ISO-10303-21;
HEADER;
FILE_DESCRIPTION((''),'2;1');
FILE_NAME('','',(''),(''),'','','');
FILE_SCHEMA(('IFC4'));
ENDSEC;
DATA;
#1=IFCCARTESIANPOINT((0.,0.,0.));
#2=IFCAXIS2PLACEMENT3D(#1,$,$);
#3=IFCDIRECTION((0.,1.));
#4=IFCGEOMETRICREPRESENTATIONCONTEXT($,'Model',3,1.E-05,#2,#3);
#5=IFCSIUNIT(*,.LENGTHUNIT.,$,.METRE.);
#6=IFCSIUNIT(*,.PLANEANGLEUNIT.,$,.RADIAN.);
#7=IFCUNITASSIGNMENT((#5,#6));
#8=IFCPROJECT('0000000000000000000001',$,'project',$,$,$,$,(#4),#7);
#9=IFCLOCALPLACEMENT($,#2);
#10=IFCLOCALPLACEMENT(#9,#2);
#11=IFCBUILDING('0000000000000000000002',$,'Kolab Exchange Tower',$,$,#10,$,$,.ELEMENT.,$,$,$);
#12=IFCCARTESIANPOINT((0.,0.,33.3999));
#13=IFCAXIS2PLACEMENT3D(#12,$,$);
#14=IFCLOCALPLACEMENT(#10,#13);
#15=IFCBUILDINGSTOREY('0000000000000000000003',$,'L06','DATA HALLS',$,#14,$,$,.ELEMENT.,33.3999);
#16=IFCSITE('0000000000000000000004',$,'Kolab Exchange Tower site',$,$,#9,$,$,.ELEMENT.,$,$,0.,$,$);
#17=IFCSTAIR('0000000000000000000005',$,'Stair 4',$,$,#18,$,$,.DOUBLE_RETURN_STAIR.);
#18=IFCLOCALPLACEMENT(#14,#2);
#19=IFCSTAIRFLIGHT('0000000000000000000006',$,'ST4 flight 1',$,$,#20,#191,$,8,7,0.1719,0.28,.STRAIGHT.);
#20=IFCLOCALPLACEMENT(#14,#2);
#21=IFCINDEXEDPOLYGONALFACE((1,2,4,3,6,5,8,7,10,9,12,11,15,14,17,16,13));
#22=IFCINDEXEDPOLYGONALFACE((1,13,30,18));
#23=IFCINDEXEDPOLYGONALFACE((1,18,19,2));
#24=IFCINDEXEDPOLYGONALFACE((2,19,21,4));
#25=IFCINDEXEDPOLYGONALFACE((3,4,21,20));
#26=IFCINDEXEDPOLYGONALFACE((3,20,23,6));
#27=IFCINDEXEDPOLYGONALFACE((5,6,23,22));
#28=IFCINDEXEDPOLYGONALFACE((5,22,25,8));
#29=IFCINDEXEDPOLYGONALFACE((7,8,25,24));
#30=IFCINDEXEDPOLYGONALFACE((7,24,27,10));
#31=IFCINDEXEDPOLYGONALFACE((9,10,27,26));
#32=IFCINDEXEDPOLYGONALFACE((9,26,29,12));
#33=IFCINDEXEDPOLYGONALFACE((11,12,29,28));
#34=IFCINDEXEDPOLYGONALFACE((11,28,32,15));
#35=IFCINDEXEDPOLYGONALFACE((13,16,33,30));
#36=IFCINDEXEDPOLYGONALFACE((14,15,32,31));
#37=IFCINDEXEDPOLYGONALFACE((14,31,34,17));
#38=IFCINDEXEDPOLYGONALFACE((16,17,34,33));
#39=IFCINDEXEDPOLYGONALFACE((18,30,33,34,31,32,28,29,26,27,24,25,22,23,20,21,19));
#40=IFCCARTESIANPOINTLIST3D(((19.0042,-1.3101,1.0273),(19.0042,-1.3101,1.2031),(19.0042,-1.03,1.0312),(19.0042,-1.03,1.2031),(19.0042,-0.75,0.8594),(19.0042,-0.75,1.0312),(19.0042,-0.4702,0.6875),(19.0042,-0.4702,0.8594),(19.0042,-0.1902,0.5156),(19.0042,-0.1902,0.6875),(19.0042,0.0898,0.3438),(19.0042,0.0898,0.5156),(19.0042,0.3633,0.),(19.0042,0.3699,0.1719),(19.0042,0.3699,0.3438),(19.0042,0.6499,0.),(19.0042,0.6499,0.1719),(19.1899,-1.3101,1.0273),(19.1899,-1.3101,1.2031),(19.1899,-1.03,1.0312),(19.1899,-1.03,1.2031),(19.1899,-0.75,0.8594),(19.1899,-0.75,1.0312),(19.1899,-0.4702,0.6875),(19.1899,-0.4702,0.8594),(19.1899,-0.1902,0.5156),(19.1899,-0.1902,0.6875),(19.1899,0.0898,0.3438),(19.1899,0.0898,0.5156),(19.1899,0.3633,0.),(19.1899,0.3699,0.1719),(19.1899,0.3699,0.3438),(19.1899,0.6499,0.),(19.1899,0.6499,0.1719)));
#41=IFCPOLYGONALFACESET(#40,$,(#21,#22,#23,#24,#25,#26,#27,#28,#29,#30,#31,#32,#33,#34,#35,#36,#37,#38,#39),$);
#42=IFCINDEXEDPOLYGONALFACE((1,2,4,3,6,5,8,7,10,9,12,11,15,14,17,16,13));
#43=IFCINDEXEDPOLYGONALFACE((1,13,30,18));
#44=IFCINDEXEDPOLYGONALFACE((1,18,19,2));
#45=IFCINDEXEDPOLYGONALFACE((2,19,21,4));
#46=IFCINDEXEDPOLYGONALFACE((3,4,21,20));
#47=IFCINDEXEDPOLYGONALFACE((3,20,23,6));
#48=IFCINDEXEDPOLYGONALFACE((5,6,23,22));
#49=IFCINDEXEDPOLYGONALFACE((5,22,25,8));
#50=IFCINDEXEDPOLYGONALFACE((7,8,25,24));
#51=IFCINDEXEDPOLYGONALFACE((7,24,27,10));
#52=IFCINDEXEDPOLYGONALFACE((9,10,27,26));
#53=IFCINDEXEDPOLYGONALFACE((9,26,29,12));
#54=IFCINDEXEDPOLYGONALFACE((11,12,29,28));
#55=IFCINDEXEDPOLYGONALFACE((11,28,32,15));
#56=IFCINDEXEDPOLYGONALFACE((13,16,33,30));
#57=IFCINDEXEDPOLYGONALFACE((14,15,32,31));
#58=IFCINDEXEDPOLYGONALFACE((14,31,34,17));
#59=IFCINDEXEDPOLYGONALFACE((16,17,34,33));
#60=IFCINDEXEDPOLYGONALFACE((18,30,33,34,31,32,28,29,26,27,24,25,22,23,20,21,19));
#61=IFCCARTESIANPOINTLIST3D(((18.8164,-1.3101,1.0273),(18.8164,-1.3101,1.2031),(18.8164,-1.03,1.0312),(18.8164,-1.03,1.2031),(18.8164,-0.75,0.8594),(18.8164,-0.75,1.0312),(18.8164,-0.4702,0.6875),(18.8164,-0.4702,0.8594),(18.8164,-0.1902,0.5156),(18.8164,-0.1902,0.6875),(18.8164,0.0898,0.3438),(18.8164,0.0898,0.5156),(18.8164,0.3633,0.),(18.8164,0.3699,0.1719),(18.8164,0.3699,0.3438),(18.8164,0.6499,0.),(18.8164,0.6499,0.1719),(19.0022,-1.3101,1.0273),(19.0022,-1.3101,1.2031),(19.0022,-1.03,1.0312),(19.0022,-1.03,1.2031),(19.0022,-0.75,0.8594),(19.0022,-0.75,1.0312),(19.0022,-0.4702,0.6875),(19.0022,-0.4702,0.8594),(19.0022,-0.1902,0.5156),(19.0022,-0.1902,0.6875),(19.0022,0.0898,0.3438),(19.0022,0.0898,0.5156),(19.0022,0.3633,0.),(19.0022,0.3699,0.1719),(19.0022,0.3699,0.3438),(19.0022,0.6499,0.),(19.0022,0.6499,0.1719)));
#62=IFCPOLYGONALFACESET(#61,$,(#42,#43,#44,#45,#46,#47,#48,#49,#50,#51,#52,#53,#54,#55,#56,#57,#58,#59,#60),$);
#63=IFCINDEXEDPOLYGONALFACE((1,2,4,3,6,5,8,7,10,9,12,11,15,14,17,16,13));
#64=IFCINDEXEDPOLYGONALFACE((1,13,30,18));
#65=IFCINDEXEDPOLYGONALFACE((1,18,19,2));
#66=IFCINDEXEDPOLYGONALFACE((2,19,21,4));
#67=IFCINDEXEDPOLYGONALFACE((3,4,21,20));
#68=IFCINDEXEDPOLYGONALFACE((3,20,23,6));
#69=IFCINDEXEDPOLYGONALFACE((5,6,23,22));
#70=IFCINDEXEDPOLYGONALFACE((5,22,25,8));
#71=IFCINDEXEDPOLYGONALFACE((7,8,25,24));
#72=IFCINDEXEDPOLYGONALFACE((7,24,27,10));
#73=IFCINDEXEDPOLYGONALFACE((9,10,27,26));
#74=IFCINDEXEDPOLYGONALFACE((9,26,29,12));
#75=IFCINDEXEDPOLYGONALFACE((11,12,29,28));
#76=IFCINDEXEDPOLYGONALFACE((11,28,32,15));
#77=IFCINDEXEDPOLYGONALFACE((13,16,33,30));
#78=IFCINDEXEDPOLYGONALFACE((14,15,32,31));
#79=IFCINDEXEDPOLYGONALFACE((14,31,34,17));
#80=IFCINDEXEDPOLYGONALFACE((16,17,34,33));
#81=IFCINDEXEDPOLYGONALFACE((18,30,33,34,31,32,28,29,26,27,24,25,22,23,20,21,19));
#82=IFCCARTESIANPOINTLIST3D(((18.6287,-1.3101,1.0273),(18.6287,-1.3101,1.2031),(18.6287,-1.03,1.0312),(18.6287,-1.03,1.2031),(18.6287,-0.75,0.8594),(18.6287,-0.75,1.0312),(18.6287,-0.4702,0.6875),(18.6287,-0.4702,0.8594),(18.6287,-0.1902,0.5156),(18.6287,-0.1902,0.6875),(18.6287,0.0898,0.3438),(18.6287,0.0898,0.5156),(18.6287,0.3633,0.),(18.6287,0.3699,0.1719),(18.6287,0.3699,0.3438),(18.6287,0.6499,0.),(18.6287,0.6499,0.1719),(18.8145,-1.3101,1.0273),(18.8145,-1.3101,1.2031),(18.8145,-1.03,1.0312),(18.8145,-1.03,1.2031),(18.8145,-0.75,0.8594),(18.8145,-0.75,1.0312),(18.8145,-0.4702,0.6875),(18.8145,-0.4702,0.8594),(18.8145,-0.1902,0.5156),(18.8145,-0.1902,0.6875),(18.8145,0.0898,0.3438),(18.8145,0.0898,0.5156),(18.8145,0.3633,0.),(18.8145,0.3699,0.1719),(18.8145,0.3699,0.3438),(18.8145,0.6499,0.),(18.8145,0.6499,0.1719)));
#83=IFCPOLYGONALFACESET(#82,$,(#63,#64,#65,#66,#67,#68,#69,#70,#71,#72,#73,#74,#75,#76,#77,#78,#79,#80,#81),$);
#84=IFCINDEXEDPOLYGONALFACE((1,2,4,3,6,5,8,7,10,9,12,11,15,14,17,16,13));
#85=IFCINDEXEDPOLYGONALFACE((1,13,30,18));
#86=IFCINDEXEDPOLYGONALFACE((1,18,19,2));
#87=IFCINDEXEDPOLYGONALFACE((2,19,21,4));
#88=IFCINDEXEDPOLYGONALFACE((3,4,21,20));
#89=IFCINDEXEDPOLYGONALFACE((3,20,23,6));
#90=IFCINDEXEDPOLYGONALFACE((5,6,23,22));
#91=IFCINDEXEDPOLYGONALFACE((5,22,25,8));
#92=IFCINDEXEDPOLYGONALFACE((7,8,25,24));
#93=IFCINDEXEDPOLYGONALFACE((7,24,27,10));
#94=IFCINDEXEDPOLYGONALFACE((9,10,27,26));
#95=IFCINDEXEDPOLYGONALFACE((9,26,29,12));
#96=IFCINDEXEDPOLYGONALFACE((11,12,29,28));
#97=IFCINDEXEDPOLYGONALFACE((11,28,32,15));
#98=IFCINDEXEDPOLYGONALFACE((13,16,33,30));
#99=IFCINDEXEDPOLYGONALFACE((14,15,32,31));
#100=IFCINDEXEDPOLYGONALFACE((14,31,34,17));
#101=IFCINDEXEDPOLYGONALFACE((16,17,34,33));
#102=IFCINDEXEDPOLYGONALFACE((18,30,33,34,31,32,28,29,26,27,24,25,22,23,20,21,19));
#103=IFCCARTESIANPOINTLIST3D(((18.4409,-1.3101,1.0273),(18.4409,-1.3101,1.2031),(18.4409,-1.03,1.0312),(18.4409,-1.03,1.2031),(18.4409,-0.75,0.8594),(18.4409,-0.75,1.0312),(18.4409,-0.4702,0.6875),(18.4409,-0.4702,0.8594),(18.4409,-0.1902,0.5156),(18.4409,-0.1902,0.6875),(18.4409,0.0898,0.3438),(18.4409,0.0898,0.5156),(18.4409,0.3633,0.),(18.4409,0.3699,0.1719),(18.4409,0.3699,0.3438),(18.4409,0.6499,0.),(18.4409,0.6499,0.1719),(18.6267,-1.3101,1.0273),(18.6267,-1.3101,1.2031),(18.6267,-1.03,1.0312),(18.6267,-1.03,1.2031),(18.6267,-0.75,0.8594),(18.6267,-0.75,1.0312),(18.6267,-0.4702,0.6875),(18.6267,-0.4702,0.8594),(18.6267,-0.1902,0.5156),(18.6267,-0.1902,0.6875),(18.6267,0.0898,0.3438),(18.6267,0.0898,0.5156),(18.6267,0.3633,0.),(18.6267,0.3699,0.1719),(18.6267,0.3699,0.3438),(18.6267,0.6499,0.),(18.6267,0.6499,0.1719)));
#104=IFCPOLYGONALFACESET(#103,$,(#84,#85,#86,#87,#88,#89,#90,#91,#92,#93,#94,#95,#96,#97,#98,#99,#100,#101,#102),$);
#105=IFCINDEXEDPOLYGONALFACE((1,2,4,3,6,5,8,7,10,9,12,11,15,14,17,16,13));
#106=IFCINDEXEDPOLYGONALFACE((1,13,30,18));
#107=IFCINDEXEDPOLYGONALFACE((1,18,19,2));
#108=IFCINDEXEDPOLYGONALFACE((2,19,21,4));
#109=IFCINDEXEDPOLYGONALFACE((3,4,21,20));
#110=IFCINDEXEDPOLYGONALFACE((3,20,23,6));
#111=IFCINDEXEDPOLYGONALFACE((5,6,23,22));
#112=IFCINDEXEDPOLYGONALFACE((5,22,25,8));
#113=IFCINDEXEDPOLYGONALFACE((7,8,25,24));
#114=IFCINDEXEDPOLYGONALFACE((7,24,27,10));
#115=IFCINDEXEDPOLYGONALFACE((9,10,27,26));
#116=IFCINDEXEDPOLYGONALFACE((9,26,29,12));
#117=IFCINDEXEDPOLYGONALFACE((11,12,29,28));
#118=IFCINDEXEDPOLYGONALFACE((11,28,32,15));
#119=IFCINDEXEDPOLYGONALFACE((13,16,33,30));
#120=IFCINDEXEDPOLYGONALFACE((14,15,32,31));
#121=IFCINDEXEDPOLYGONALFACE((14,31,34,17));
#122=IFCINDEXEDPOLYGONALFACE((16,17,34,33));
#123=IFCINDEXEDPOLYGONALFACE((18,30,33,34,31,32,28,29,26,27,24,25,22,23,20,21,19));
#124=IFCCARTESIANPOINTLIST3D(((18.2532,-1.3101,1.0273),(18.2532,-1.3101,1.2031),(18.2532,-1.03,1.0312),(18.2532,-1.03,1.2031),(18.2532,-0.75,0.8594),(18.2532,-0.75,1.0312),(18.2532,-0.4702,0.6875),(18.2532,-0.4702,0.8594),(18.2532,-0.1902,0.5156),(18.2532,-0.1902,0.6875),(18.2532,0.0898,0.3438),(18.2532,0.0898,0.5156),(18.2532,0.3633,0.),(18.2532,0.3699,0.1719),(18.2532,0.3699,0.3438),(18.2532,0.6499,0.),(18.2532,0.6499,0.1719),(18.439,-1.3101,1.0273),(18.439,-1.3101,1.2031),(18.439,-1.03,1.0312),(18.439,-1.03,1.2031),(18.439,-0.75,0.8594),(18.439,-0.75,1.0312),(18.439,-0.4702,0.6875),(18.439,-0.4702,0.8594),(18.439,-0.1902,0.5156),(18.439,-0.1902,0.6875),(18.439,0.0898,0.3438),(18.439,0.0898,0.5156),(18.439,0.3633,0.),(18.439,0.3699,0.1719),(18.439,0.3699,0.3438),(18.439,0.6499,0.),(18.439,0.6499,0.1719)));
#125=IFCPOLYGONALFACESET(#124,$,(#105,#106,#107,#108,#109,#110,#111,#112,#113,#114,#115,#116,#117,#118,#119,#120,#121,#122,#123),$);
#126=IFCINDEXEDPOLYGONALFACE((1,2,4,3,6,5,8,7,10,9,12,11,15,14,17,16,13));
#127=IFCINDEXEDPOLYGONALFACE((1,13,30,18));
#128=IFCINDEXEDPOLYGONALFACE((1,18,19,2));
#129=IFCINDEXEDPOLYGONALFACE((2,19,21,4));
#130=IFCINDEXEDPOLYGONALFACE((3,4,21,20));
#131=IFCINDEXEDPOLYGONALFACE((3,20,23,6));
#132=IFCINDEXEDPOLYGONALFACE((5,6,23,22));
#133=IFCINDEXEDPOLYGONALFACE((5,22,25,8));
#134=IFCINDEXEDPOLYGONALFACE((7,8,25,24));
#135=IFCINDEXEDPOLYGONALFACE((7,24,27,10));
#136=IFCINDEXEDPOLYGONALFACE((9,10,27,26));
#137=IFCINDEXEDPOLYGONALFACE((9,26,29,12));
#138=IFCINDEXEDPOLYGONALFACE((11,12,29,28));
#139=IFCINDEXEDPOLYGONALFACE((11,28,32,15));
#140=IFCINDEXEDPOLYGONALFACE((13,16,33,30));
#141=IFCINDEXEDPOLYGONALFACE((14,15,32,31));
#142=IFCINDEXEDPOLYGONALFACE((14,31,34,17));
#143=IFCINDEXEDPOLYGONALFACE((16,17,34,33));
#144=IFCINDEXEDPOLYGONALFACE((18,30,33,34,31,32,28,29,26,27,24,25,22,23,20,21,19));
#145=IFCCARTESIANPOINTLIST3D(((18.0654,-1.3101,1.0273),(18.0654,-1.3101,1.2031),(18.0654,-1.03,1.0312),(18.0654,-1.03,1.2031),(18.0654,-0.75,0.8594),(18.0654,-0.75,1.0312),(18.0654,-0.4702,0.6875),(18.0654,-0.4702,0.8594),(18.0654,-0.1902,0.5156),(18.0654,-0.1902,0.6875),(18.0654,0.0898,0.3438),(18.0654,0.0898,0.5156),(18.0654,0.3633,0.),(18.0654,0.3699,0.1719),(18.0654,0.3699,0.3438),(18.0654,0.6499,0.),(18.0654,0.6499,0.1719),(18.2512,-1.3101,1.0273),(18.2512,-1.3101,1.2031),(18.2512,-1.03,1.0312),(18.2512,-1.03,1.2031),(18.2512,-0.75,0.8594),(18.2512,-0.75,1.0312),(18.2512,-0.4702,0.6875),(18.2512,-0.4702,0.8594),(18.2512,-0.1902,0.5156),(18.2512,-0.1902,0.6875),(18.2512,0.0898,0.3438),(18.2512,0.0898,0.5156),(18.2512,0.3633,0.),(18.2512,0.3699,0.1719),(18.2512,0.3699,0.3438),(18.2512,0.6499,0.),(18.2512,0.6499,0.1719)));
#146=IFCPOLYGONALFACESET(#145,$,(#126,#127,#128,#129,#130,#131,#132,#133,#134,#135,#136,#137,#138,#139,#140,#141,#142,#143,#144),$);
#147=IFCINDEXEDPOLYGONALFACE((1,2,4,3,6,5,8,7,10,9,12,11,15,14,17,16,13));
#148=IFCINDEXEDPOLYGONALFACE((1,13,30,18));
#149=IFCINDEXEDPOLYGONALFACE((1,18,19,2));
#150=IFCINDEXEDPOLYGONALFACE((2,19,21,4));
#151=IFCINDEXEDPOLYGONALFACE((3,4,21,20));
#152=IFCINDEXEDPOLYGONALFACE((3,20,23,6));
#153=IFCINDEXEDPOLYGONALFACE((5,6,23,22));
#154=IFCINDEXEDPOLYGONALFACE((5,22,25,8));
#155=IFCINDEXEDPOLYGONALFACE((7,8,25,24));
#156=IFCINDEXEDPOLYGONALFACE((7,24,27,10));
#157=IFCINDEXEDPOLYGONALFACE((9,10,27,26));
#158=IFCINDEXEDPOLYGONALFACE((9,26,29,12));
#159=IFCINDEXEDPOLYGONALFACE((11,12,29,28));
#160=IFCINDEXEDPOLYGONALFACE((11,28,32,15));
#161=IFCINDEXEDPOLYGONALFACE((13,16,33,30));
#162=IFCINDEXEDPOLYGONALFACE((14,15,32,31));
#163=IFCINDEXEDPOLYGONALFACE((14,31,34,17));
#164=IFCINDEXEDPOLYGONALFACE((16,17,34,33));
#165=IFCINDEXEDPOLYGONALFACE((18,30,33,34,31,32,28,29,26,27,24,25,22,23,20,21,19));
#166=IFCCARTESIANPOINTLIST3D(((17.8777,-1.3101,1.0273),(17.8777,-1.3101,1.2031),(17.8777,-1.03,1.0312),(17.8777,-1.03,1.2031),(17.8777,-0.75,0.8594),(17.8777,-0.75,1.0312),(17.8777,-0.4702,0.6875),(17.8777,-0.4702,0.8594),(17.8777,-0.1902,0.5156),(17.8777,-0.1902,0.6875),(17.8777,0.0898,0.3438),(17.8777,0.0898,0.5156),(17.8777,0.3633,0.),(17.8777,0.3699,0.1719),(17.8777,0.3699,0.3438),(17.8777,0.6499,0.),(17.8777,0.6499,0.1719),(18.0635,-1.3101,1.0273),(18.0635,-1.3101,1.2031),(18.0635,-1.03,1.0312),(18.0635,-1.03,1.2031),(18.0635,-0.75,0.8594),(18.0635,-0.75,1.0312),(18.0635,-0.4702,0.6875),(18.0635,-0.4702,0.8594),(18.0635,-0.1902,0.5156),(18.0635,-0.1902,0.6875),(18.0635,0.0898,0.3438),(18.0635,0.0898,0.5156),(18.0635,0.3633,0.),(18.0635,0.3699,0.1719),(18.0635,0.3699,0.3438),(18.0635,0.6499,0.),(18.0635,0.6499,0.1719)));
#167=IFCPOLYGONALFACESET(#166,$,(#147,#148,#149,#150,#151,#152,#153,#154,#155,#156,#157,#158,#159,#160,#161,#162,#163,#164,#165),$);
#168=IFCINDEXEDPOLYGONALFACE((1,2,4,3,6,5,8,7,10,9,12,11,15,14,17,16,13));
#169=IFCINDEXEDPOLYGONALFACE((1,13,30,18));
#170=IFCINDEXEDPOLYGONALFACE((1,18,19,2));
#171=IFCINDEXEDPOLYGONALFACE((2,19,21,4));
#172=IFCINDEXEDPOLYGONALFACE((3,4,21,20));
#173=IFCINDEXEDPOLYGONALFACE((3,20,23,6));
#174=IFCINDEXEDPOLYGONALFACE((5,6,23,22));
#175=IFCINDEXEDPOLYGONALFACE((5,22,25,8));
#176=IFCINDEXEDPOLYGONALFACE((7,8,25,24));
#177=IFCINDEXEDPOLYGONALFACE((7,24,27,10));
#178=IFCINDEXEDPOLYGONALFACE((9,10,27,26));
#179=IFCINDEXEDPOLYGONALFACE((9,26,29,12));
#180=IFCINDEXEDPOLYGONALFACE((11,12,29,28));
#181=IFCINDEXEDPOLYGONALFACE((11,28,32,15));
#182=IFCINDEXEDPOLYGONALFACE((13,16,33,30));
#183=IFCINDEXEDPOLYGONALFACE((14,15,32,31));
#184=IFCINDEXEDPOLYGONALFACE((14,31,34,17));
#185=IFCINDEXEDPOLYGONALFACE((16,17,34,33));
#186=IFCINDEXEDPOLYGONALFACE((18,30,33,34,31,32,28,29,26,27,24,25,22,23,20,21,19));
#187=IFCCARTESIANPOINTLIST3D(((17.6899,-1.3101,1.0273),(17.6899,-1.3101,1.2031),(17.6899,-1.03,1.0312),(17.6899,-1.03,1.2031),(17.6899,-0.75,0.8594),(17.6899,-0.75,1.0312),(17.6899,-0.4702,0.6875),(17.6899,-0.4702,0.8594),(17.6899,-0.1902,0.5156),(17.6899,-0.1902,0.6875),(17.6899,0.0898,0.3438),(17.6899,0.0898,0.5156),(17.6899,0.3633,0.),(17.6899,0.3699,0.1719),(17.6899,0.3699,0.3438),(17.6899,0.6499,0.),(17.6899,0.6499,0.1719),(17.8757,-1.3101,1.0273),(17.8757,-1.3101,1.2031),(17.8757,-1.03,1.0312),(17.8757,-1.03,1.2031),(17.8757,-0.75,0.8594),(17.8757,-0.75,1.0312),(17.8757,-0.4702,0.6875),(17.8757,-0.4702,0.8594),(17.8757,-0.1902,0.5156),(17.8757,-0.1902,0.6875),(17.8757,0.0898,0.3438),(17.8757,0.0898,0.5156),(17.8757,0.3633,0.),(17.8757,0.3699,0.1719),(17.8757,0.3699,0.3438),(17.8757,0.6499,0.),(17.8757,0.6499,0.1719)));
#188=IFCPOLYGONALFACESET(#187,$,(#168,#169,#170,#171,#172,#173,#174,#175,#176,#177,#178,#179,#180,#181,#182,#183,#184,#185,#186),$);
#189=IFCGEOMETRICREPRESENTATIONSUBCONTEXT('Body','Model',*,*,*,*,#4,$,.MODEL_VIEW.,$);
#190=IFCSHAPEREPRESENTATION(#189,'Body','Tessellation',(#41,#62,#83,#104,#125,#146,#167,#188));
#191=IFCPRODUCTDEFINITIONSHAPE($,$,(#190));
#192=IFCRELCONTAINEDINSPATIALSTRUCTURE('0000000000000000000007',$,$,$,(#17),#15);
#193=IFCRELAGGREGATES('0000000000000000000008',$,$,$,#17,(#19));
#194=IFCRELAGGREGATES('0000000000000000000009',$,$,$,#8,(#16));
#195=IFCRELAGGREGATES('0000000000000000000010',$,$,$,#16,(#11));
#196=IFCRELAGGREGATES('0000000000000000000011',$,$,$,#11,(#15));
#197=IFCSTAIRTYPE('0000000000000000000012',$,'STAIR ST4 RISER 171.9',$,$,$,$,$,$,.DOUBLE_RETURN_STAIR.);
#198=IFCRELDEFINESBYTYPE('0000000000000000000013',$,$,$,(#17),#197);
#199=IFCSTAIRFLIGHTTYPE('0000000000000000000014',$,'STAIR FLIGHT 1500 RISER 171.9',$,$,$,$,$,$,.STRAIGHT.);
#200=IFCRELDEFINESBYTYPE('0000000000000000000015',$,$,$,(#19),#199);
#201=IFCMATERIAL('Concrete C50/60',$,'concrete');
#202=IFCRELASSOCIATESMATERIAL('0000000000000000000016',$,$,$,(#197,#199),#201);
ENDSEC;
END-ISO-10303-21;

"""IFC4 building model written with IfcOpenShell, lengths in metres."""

from ifc_helpers import new_model, si_unit, direction, frame, origin, place, context, subcontext, project, spatial, polyline, outline, extrude, material, type_object, element, aggregate, save


model = new_model("IFC4")

# Units and contexts
model_context = context("Model", 3, precision=1e-05, world=origin(), true_north=direction((0.0, 1.0)))
body_context = subcontext(model_context, "Body", "Model", "MODEL_VIEW")
ifc_project = project(units=[si_unit("LENGTHUNIT", "METRE"), si_unit("PLANEANGLEUNIT", "RADIAN")], contexts=[model_context])

# Site, building, storey
site_placement = place(None, origin())
site = spatial("IfcSite", under=ifc_project, at=site_placement, Name="Kolab Exchange Tower site", CompositionType="ELEMENT", RefElevation=0.0)
building_placement = place(site_placement, origin())
building = spatial("IfcBuilding", under=site, at=building_placement, Name="Kolab Exchange Tower", CompositionType="ELEMENT")
storey_placement = place(building_placement, frame((0.0, 0.0, 33.3999)))
storey = spatial("IfcBuildingStorey", under=building, at=storey_placement, Name="L06", Description="DATA HALLS", CompositionType="ELEMENT", Elevation=33.3999)

# Shared definitions
ifc_material_1 = material(Name="Concrete C50/60", Category="concrete")

# Stair, stair flight
stair_type = type_object("IfcStairType", Name="STAIR ST4 RISER 171.9", PredefinedType="DOUBLE_RETURN_STAIR", material=ifc_material_1)
stair_placement = place(storey_placement, origin())
stair = element("IfcStair", 1, at=stair_placement, inside=storey, type_object=stair_type, Name="Stair 4", PredefinedType="DOUBLE_RETURN_STAIR")
stair_flight_type = type_object("IfcStairFlightType", Name="STAIR FLIGHT 1500 RISER 171.9", PredefinedType="STRAIGHT", material=ifc_material_1)
stair_flight_1_placement = place(storey_placement, frame((18.4399, 0.6499, 0.0), z_axis=(0.0, 0.0, 1.0), x_axis=(0.0, -1.0, 0.0)))
stair_flight_1 = element("IfcStairFlight", 2, at=stair_flight_1_placement, type_object=stair_flight_type, Name="ST4 flight 1", NumberOfRisers=8, NumberOfTreads=7, PredefinedType="STRAIGHT", RiserHeight=0.1719, TreadLength=0.28, context=body_context, shape_type="SweptSolid", body=[
    extrude(outline(polyline([(0.0, 0.0), (0.0, 0.1719), (0.28, 0.1719), (0.28, 0.3438), (0.5601, 0.3438), (0.5601, 0.5156), (0.8401, 0.5156), (0.8401, 0.6875), (1.1201, 0.6875), (1.1201, 0.8594), (1.3999, 0.8594), (1.3999, 1.0312), (1.6799, 1.0312), (1.6799, 1.2031), (1.96, 1.2031), (1.96, 1.375), (1.96, 1.0273), (0.2866, 0.0), (0.0, 0.0)])), frame((0.0, 0.75, 0.0), z_axis=(0.0, -1.0, 0.0), x_axis=(1.0, 0.0, 0.0)), (0.0, 0.0, 1.0), 0.1858),
    extrude(outline(polyline([(0.0, 0.0), (0.0, 0.1719), (0.28, 0.1719), (0.28, 0.3438), (0.5601, 0.3438), (0.5601, 0.5156), (0.8401, 0.5156), (0.8401, 0.6875), (1.1201, 0.6875), (1.1201, 0.8594), (1.3999, 0.8594), (1.3999, 1.0312), (1.6799, 1.0312), (1.6799, 1.2031), (1.96, 1.2031), (1.96, 1.375), (1.96, 1.0273), (0.2866, 0.0), (0.0, 0.0)])), frame((0.0, 0.5623, 0.0), z_axis=(0.0, -1.0, 0.0), x_axis=(1.0, 0.0, 0.0)), (0.0, 0.0, 1.0), 0.1858),
    extrude(outline(polyline([(0.0, 0.0), (0.0, 0.1719), (0.28, 0.1719), (0.28, 0.3438), (0.5601, 0.3438), (0.5601, 0.5156), (0.8401, 0.5156), (0.8401, 0.6875), (1.1201, 0.6875), (1.1201, 0.8594), (1.3999, 0.8594), (1.3999, 1.0312), (1.6799, 1.0312), (1.6799, 1.2031), (1.96, 1.2031), (1.96, 1.375), (1.96, 1.0273), (0.2866, 0.0), (0.0, 0.0)])), frame((0.0, 0.3745, 0.0), z_axis=(0.0, -1.0, 0.0), x_axis=(1.0, 0.0, 0.0)), (0.0, 0.0, 1.0), 0.1858),
    extrude(outline(polyline([(0.0, 0.0), (0.0, 0.1719), (0.28, 0.1719), (0.28, 0.3438), (0.5601, 0.3438), (0.5601, 0.5156), (0.8401, 0.5156), (0.8401, 0.6875), (1.1201, 0.6875), (1.1201, 0.8594), (1.3999, 0.8594), (1.3999, 1.0312), (1.6799, 1.0312), (1.6799, 1.2031), (1.96, 1.2031), (1.96, 1.375), (1.96, 1.0273), (0.2866, 0.0), (0.0, 0.0)])), frame((0.0, 0.1868, 0.0), z_axis=(0.0, -1.0, 0.0), x_axis=(1.0, 0.0, 0.0)), (0.0, 0.0, 1.0), 0.1858),
    extrude(outline(polyline([(0.0, 0.0), (0.0, 0.1719), (0.28, 0.1719), (0.28, 0.3438), (0.5601, 0.3438), (0.5601, 0.5156), (0.8401, 0.5156), (0.8401, 0.6875), (1.1201, 0.6875), (1.1201, 0.8594), (1.3999, 0.8594), (1.3999, 1.0312), (1.6799, 1.0312), (1.6799, 1.2031), (1.96, 1.2031), (1.96, 1.375), (1.96, 1.0273), (0.2866, 0.0), (0.0, 0.0)])), frame((0.0, -0.001, 0.0), z_axis=(0.0, -1.0, 0.0), x_axis=(1.0, 0.0, 0.0)), (0.0, 0.0, 1.0), 0.1858),
    extrude(outline(polyline([(0.0, 0.0), (0.0, 0.1719), (0.28, 0.1719), (0.28, 0.3438), (0.5601, 0.3438), (0.5601, 0.5156), (0.8401, 0.5156), (0.8401, 0.6875), (1.1201, 0.6875), (1.1201, 0.8594), (1.3999, 0.8594), (1.3999, 1.0312), (1.6799, 1.0312), (1.6799, 1.2031), (1.96, 1.2031), (1.96, 1.375), (1.96, 1.0273), (0.2866, 0.0), (0.0, 0.0)])), frame((0.0, -0.1887, 0.0), z_axis=(0.0, -1.0, 0.0), x_axis=(1.0, 0.0, 0.0)), (0.0, 0.0, 1.0), 0.1858),
    extrude(outline(polyline([(0.0, 0.0), (0.0, 0.1719), (0.28, 0.1719), (0.28, 0.3438), (0.5601, 0.3438), (0.5601, 0.5156), (0.8401, 0.5156), (0.8401, 0.6875), (1.1201, 0.6875), (1.1201, 0.8594), (1.3999, 0.8594), (1.3999, 1.0312), (1.6799, 1.0312), (1.6799, 1.2031), (1.96, 1.2031), (1.96, 1.375), (1.96, 1.0273), (0.2866, 0.0), (0.0, 0.0)])), frame((0.0, -0.3765, 0.0), z_axis=(0.0, -1.0, 0.0), x_axis=(1.0, 0.0, 0.0)), (0.0, 0.0, 1.0), 0.1858),
    extrude(outline(polyline([(0.0, 0.0), (0.0, 0.1719), (0.28, 0.1719), (0.28, 0.3438), (0.5601, 0.3438), (0.5601, 0.5156), (0.8401, 0.5156), (0.8401, 0.6875), (1.1201, 0.6875), (1.1201, 0.8594), (1.3999, 0.8594), (1.3999, 1.0312), (1.6799, 1.0312), (1.6799, 1.2031), (1.96, 1.2031), (1.96, 1.375), (1.96, 1.0273), (0.2866, 0.0), (0.0, 0.0)])), frame((0.0, -0.5642, 0.0), z_axis=(0.0, -1.0, 0.0), x_axis=(1.0, 0.0, 0.0)), (0.0, 0.0, 1.0), 0.1858),
])
aggregate(stair, [stair_flight_1])

save(model, "model.ifc")
